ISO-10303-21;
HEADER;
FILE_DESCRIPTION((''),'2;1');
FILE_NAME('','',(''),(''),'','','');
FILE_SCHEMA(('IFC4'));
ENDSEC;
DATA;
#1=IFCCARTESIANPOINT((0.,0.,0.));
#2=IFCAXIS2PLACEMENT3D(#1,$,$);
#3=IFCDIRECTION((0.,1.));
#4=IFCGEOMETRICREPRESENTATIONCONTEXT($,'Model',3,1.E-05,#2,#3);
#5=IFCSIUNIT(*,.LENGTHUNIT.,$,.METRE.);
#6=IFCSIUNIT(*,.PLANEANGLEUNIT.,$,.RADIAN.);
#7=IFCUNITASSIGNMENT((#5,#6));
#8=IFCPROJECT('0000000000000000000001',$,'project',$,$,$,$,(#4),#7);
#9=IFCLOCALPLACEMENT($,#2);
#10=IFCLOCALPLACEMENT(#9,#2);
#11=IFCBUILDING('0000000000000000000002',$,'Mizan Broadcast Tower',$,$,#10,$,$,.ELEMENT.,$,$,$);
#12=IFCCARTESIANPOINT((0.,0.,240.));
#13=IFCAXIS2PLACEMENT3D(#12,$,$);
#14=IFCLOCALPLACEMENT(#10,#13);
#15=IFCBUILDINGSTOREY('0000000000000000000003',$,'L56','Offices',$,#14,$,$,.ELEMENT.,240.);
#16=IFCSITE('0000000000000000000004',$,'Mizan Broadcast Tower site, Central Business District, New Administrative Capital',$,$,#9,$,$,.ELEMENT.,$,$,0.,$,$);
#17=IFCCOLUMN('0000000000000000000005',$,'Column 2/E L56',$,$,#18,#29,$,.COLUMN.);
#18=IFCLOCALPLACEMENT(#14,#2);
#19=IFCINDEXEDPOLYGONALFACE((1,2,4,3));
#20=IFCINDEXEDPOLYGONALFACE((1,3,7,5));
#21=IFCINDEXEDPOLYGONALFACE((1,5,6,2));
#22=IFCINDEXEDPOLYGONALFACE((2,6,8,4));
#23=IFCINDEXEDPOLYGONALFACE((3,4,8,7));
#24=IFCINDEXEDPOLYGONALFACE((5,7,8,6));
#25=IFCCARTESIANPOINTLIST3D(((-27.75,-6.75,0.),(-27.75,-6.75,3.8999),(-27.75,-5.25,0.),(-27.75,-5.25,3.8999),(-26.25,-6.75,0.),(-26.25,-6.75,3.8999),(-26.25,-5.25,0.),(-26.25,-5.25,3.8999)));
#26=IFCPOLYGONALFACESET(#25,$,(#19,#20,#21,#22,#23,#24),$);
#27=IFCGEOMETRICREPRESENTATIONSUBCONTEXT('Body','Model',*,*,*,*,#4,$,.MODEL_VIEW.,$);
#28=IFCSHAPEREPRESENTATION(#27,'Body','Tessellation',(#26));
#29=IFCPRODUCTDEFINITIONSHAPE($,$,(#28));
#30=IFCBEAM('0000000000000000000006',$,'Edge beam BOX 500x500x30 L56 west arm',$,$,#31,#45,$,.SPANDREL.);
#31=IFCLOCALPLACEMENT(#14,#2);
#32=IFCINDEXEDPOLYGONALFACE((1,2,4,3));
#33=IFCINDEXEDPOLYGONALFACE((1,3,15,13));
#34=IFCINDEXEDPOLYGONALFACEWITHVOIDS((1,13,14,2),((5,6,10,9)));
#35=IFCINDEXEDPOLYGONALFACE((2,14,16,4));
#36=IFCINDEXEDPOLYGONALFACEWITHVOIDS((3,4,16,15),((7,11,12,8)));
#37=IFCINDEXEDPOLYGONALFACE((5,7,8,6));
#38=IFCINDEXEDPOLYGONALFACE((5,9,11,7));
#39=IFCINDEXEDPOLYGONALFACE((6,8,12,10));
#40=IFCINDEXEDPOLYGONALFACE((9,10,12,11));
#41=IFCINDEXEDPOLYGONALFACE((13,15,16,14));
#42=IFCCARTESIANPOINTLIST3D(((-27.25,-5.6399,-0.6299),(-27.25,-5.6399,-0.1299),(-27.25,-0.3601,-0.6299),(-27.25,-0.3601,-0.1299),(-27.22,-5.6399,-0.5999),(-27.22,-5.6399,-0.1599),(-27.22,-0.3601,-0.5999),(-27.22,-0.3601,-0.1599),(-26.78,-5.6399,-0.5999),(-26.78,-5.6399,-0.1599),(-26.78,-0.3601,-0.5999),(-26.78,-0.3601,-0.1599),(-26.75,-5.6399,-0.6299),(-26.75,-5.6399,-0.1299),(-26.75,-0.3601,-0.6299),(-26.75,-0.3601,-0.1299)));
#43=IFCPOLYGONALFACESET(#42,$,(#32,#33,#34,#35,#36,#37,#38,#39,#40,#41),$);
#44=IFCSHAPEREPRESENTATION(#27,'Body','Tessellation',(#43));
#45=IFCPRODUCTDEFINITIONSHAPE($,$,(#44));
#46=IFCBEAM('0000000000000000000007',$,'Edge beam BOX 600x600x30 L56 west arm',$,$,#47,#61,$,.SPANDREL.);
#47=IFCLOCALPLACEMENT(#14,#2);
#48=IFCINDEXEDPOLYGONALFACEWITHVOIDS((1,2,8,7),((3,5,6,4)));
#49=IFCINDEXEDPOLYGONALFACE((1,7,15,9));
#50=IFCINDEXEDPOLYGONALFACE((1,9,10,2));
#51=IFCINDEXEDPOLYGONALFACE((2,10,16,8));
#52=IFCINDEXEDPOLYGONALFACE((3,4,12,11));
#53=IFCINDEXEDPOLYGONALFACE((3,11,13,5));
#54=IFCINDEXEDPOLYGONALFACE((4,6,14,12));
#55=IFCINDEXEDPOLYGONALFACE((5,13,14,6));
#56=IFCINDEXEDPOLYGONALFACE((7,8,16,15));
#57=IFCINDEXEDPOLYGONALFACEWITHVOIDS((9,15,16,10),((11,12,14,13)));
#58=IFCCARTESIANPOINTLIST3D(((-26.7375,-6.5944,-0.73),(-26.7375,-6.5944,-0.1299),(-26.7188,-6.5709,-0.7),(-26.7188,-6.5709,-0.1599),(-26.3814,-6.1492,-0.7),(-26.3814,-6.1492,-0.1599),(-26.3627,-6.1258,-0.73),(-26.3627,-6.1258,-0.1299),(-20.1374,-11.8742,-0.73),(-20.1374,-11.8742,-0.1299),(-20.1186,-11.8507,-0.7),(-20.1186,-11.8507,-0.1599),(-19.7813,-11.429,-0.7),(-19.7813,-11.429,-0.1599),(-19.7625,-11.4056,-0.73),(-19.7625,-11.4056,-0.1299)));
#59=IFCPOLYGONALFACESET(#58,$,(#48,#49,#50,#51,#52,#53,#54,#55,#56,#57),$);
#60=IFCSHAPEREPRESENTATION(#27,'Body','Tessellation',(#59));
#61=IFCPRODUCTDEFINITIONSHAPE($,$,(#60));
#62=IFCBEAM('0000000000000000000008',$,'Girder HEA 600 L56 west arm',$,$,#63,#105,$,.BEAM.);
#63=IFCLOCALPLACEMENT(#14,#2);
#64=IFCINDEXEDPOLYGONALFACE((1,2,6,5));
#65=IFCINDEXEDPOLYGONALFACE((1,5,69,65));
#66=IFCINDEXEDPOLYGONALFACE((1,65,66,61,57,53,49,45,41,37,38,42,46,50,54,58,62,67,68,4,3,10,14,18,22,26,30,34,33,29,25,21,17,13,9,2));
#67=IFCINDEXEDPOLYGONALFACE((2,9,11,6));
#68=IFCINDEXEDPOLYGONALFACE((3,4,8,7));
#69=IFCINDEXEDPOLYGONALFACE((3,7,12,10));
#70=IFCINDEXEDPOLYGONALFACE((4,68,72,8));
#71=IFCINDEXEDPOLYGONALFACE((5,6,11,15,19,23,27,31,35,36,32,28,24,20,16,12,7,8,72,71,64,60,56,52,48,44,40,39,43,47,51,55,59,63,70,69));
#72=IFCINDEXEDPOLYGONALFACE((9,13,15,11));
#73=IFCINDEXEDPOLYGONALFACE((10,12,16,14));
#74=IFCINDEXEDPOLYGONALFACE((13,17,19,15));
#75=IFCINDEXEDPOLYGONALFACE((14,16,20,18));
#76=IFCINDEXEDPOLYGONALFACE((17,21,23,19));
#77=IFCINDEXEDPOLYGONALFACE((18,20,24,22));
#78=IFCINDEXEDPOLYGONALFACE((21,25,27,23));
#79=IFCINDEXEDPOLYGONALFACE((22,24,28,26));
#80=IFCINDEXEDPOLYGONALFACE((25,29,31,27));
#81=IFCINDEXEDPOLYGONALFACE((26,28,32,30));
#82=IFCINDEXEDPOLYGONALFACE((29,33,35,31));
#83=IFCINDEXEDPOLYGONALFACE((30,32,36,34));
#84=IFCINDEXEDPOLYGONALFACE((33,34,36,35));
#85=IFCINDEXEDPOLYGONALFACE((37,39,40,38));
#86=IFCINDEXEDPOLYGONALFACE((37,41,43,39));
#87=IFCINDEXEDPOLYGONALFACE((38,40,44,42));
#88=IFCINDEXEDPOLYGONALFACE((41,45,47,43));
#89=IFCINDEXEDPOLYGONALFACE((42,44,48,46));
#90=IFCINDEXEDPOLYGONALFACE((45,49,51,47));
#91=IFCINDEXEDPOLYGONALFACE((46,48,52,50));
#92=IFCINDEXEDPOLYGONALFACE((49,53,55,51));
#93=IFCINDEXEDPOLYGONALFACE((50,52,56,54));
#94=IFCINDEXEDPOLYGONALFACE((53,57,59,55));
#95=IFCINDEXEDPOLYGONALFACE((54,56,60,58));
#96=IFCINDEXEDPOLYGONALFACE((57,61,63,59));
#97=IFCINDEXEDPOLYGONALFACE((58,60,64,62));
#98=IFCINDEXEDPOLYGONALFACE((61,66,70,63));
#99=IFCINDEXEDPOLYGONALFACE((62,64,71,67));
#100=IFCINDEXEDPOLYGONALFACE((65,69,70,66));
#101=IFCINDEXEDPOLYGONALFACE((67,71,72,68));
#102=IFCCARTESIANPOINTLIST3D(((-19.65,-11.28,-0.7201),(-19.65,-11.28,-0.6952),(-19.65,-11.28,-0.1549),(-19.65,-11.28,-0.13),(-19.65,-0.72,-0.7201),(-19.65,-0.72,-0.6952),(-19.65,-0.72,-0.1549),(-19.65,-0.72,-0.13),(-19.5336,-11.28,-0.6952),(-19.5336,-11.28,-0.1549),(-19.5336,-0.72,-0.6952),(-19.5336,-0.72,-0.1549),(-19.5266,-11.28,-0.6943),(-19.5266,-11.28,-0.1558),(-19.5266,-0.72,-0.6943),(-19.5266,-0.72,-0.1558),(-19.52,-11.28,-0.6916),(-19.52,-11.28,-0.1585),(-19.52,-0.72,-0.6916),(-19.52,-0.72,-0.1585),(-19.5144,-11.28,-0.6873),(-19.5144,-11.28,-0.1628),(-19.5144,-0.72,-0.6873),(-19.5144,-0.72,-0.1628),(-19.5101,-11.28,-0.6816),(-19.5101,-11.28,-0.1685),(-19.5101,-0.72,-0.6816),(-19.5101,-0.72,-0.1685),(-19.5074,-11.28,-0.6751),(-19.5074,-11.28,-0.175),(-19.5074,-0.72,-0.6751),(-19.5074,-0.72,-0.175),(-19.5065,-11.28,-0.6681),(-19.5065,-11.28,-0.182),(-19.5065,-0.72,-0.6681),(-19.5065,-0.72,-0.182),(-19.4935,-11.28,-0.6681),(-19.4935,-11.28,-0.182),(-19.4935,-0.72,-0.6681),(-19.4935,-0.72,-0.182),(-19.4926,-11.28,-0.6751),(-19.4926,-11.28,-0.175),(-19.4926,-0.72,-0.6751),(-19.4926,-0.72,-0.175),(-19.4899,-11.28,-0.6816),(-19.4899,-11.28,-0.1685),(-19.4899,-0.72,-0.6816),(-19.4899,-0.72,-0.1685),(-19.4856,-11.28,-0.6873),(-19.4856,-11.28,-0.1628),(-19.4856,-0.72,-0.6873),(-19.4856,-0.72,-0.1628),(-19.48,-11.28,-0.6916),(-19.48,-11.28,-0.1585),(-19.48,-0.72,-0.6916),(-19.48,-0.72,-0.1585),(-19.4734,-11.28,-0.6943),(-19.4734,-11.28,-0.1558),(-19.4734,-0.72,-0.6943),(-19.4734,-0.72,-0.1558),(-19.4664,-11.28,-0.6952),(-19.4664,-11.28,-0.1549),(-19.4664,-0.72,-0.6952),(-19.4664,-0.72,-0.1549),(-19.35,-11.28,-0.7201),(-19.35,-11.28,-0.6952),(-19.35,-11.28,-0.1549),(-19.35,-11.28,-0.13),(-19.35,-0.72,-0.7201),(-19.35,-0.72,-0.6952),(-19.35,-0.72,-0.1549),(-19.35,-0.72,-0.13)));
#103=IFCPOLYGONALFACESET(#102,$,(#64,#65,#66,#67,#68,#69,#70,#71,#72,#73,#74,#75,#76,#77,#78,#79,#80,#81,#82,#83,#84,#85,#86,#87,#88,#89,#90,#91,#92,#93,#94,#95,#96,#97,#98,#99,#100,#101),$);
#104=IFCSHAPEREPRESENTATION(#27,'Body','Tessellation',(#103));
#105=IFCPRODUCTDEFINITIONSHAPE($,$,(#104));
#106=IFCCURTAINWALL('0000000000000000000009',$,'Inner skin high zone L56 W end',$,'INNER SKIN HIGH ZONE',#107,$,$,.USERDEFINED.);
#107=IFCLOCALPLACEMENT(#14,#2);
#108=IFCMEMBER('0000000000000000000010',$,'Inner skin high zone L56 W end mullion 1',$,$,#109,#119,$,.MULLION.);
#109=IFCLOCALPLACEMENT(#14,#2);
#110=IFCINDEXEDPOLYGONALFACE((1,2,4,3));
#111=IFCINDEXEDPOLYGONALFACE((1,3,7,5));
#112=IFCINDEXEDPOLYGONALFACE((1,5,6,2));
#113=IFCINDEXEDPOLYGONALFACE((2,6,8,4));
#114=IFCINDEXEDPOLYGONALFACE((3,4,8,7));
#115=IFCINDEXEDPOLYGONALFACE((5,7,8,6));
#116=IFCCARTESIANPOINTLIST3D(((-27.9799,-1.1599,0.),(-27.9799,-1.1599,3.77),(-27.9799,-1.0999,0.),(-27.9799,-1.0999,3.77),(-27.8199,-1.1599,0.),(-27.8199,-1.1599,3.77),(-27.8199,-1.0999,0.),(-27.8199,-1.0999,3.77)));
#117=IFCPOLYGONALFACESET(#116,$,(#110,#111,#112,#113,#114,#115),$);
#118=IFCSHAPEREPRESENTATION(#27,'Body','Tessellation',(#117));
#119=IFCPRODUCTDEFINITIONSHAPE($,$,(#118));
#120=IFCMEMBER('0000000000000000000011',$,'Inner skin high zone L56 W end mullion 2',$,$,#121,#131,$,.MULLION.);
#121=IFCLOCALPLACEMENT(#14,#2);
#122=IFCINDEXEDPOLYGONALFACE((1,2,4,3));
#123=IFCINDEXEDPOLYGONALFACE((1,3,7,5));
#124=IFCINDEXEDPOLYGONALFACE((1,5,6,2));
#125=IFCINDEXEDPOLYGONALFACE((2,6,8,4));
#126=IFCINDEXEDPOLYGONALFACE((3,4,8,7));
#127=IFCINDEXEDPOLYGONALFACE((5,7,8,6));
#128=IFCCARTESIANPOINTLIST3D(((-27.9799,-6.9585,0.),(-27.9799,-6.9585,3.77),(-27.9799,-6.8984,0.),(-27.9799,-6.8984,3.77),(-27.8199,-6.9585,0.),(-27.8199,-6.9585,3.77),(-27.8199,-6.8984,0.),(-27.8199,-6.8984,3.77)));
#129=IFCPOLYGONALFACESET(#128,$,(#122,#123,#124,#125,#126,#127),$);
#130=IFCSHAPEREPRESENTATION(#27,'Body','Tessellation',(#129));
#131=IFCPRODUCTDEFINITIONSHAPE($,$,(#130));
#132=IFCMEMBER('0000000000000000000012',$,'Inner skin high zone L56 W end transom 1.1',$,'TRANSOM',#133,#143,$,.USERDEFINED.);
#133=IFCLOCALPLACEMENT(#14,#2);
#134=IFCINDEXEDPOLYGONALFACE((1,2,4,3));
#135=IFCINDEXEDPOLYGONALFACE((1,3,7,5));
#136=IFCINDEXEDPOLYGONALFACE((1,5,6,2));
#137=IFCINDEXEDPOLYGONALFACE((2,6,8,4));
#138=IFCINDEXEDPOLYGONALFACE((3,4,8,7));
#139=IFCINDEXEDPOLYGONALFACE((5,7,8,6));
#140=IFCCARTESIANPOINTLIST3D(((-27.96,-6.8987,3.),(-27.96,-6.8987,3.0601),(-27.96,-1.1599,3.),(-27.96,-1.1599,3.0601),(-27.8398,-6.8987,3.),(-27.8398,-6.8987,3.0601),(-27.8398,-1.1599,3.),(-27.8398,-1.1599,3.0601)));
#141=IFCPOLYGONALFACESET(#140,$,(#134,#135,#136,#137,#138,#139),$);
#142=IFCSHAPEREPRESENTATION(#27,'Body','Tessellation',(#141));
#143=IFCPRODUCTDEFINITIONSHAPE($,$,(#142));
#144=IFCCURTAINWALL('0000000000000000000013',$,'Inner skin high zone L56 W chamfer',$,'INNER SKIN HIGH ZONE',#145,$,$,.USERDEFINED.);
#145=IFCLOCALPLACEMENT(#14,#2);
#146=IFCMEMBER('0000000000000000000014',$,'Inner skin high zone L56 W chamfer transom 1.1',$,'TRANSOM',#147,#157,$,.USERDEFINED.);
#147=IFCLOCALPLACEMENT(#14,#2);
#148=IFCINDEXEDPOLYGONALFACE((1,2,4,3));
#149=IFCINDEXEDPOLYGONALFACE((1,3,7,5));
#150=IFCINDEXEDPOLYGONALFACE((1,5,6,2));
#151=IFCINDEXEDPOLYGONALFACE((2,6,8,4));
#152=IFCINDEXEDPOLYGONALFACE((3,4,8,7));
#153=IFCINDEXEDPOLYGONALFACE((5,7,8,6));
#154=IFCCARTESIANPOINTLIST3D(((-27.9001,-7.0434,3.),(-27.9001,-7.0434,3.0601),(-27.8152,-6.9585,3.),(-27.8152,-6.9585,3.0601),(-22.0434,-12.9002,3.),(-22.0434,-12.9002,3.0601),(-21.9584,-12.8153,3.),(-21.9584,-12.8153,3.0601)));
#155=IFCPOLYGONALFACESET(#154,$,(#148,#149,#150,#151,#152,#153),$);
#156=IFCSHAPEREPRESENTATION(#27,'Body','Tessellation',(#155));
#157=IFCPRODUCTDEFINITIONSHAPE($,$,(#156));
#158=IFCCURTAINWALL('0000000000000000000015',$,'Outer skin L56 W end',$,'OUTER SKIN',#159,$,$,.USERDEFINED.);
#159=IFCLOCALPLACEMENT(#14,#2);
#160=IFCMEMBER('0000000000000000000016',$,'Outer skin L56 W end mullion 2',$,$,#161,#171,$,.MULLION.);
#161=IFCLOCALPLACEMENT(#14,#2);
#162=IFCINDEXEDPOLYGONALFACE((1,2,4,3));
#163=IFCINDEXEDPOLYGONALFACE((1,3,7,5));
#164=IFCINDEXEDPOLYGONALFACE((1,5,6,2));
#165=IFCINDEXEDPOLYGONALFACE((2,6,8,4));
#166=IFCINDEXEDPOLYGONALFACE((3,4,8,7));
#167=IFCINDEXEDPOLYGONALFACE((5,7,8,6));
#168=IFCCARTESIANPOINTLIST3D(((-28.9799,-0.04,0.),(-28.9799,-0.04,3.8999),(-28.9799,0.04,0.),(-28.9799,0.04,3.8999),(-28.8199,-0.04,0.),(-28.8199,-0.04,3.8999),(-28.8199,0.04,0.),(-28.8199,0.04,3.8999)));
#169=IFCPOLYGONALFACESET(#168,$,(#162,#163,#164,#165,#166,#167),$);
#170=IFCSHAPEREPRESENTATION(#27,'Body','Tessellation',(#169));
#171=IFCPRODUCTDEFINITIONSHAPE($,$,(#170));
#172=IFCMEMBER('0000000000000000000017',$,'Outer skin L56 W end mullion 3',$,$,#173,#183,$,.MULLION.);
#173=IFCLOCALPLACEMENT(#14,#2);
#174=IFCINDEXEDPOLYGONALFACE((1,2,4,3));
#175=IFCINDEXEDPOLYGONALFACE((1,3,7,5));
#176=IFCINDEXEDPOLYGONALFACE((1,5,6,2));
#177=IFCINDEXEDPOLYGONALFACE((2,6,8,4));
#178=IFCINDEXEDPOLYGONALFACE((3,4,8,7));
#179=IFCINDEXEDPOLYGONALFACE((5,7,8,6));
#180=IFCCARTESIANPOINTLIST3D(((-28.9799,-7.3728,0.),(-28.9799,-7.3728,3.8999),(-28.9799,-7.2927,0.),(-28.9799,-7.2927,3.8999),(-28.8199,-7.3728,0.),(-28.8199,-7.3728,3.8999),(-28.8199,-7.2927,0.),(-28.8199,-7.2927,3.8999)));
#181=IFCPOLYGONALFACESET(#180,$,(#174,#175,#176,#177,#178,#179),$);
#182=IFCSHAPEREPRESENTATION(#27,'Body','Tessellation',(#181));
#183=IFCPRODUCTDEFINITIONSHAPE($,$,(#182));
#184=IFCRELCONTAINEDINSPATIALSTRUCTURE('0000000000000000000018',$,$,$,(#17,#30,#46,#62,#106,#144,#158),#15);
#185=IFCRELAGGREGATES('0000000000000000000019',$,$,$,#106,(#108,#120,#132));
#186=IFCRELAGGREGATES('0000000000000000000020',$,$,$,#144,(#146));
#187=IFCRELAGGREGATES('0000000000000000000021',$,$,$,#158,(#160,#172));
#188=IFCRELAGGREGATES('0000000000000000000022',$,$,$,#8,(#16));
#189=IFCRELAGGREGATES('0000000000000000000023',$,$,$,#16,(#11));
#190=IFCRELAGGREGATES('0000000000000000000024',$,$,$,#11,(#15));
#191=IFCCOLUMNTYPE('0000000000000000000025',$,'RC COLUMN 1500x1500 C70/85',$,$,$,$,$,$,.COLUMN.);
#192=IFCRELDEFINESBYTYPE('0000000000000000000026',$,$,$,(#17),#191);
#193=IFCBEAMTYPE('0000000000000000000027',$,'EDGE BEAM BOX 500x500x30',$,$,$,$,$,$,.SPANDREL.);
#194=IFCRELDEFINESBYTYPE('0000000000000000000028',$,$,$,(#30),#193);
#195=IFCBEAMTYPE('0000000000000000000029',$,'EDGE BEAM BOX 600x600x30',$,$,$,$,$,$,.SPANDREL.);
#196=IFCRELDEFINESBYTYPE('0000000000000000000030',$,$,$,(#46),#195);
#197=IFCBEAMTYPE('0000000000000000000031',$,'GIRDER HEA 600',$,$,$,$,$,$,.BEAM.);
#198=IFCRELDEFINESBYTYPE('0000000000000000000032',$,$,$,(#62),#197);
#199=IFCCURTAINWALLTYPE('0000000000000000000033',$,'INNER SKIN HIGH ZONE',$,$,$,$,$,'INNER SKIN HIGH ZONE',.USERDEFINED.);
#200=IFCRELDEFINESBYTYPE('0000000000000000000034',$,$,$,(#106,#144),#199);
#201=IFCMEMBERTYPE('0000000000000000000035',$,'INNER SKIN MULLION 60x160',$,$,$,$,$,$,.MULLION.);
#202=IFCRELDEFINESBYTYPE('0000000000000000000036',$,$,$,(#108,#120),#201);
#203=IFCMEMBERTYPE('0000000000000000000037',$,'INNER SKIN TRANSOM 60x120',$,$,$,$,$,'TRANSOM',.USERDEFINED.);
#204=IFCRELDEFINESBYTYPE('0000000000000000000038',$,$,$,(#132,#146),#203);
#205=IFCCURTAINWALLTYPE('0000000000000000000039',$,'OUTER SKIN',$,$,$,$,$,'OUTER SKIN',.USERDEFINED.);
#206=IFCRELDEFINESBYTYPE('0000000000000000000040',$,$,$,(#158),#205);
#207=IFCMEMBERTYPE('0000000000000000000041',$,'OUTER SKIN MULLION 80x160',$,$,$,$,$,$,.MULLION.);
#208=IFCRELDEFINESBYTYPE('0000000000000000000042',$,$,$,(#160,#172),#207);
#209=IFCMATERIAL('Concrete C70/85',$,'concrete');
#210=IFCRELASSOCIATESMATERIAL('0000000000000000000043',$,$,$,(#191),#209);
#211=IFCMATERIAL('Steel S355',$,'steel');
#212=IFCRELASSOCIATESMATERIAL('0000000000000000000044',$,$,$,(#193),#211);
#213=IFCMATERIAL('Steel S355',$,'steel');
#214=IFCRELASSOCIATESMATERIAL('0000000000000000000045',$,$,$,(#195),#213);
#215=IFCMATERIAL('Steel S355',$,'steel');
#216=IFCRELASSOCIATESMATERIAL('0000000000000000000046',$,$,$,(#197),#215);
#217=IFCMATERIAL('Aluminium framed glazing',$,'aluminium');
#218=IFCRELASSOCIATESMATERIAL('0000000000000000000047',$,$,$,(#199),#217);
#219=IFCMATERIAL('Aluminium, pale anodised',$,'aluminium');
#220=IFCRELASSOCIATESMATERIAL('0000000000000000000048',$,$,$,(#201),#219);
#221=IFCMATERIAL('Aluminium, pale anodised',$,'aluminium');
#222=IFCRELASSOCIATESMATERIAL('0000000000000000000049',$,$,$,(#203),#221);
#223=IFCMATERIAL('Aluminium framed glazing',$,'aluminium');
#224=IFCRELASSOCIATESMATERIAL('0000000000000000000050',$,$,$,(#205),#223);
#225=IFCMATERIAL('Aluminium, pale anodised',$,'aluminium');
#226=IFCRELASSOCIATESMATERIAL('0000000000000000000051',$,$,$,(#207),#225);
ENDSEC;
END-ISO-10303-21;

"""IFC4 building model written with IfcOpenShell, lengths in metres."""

from ifc_helpers import new_model, si_unit, direction, frame, origin, origin_2d, place, context, subcontext, project, spatial, rectangle, hollow_rectangle, i_section, extrude, material, material_profile, profile_set, type_object, element, aggregate, save


model = new_model("IFC4")

# Units and contexts
model_context = context("Model", 3, precision=1e-05, world=origin(), true_north=direction((0.0, 1.0)))
body_context = subcontext(model_context, "Body", "Model", "MODEL_VIEW")
ifc_project = project(units=[si_unit("LENGTHUNIT", "METRE"), si_unit("PLANEANGLEUNIT", "RADIAN")], contexts=[model_context])

# Site, building, storey
site_placement = place(None, origin())
site = spatial("IfcSite", under=ifc_project, at=site_placement, Name="Mizan Broadcast Tower site, Central Business District, New Administrative Capital", CompositionType="ELEMENT", RefElevation=0.0)
building_placement = place(site_placement, origin())
building = spatial("IfcBuilding", under=site, at=building_placement, Name="Mizan Broadcast Tower", CompositionType="ELEMENT")
storey_placement = place(building_placement, frame((0.0, 0.0, 240.0)))
storey = spatial("IfcBuildingStorey", under=building, at=storey_placement, Name="L56", Description="Offices", CompositionType="ELEMENT", Elevation=240.0)

# Column
ifc_material_1 = material(Name="Concrete C70/85", Category="concrete")
ifc_material_profile_1 = material_profile(ifc_material_1, rectangle(XDim=1.5, YDim=1.5, at=origin_2d()), Name="RC 1500x1500")
ifc_profile_set_1 = profile_set([ifc_material_profile_1], Name="Concrete C70/85")
column_type = type_object("IfcColumnType", Name="RC COLUMN 1500x1500 C70/85", PredefinedType="COLUMN", material=ifc_profile_set_1)
column_placement = place(storey_placement, frame((-27.0, -6.0, 0.0), z_axis=(0.0, 0.0, 1.0), x_axis=(1.0, 0.0, 0.0)))
element("IfcColumn", 1, at=column_placement, inside=storey, type_object=column_type, Name="Column 2/E L56", PredefinedType="COLUMN", context=body_context, shape_type="SweptSolid", body=[
    extrude(rectangle(XDim=1.5, YDim=1.5, at=origin_2d()), origin(), (0.0, 0.0, 1.0), 3.8999),
])

# Beams
ifc_material_2 = material(Name="Steel S355", Category="steel")
ifc_material_profile_2 = material_profile(ifc_material_2, hollow_rectangle(XDim=0.5, YDim=0.5, WallThickness=0.03, at=origin_2d()), Name="BOX 500x500x30")
ifc_profile_set_2 = profile_set([ifc_material_profile_2], Name="Steel S355")
beam_type_1 = type_object("IfcBeamType", Name="EDGE BEAM BOX 500x500x30", PredefinedType="SPANDREL", material=ifc_profile_set_2)
beam_1_placement = place(storey_placement, frame((-27.0, -5.6399, -0.3799), z_axis=(0.0, 1.0, 0.0), x_axis=(-1.0, 0.0, 0.0)))
element("IfcBeam", 2, at=beam_1_placement, inside=storey, type_object=beam_type_1, Name="Edge beam BOX 500x500x30 L56 west arm", PredefinedType="SPANDREL", context=body_context, shape_type="SweptSolid", body=[
    extrude(hollow_rectangle(XDim=0.5, YDim=0.5, WallThickness=0.03, at=origin_2d()), origin(), (0.0, 0.0, 1.0), 5.2798),
])
ifc_material_3 = material(Name="Steel S355", Category="steel")
ifc_material_profile_3 = material_profile(ifc_material_3, hollow_rectangle(XDim=0.6001, YDim=0.6001, WallThickness=0.03, at=origin_2d()), Name="BOX 600x600x30")
ifc_profile_set_3 = profile_set([ifc_material_profile_3], Name="Steel S355")
beam_type_2 = type_object("IfcBeamType", Name="EDGE BEAM BOX 600x600x30", PredefinedType="SPANDREL", material=ifc_profile_set_3)
beam_2_placement = place(storey_placement, frame((-19.95, -11.6399, -0.4299), z_axis=(-0.780886, 0.624674, 0.0), x_axis=(-0.624674, -0.780886, 0.0)))
element("IfcBeam", 3, at=beam_2_placement, inside=storey, type_object=beam_type_2, Name="Edge beam BOX 600x600x30 L56 west arm", PredefinedType="SPANDREL", context=body_context, shape_type="SweptSolid", body=[
    extrude(hollow_rectangle(XDim=0.6001, YDim=0.6001, WallThickness=0.03, at=origin_2d()), origin(), (0.0, 0.0, 1.0), 8.4521),
])
ifc_material_4 = material(Name="Steel S355", Category="steel")
ifc_material_profile_4 = material_profile(ifc_material_4, i_section(OverallWidth=0.3, OverallDepth=0.5901, WebThickness=0.0129, FlangeThickness=0.0249, FilletRadius=0.0271, at=origin_2d()), Name="HEA 600")
ifc_profile_set_4 = profile_set([ifc_material_profile_4], Name="Steel S355")
beam_type_3 = type_object("IfcBeamType", Name="GIRDER HEA 600", PredefinedType="BEAM", material=ifc_profile_set_4)
beam_3_placement = place(storey_placement, frame((-19.5, -11.28, -0.425), z_axis=(0.0, 1.0, 0.0), x_axis=(-1.0, 0.0, 0.0)))
element("IfcBeam", 4, at=beam_3_placement, inside=storey, type_object=beam_type_3, Name="Girder HEA 600 L56 west arm", PredefinedType="BEAM", context=body_context, shape_type="SweptSolid", body=[
    extrude(i_section(OverallWidth=0.3, OverallDepth=0.5901, WebThickness=0.0129, FlangeThickness=0.0249, FilletRadius=0.0271, at=origin_2d()), origin(), (0.0, 0.0, 1.0), 10.5601),
])

# Curtain wall, members
ifc_material_5 = material(Name="Aluminium framed glazing", Category="aluminium")
curtain_wall_type_1 = type_object("IfcCurtainWallType", Name="INNER SKIN HIGH ZONE", ElementType="INNER SKIN HIGH ZONE", PredefinedType="USERDEFINED", material=ifc_material_5)
curtain_wall_1_placement = place(storey_placement, origin())
curtain_wall_1 = element("IfcCurtainWall", 5, at=curtain_wall_1_placement, inside=storey, type_object=curtain_wall_type_1, Name="Inner skin high zone L56 W end", ObjectType="INNER SKIN HIGH ZONE", PredefinedType="USERDEFINED")
ifc_material_6 = material(Name="Aluminium, pale anodised", Category="aluminium")
ifc_material_profile_5 = material_profile(ifc_material_6, rectangle(XDim=0.1599, YDim=0.0601, at=origin_2d()), Name="MULLION 160x60")
ifc_profile_set_5 = profile_set([ifc_material_profile_5], Name="Aluminium, pale anodised")
member_type_1 = type_object("IfcMemberType", Name="INNER SKIN MULLION 60x160", PredefinedType="MULLION", material=ifc_profile_set_5)
member_1_placement = place(storey_placement, frame((-27.8999, -1.1299, 0.0), z_axis=(0.0, 0.0, 1.0), x_axis=(1.0, 0.0, 0.0)))
member_1 = element("IfcMember", 6, at=member_1_placement, type_object=member_type_1, Name="Inner skin high zone L56 W end mullion 1", PredefinedType="MULLION", context=body_context, shape_type="SweptSolid", body=[
    extrude(rectangle(XDim=0.1599, YDim=0.0601, at=origin_2d()), origin(), (0.0, 0.0, 1.0), 3.77),
])
member_2_placement = place(storey_placement, frame((-27.8999, -6.9285, 0.0), z_axis=(0.0, 0.0, 1.0), x_axis=(1.0, 0.0, 0.0)))
member_2 = element("IfcMember", 7, at=member_2_placement, type_object=member_type_1, Name="Inner skin high zone L56 W end mullion 2", PredefinedType="MULLION", context=body_context, shape_type="SweptSolid", body=[
    extrude(rectangle(XDim=0.1599, YDim=0.0601, at=origin_2d()), origin(), (0.0, 0.0, 1.0), 3.77),
])
ifc_material_7 = material(Name="Aluminium, pale anodised", Category="aluminium")
ifc_material_profile_6 = material_profile(ifc_material_7, rectangle(XDim=0.1201, YDim=0.0601, at=origin_2d()), Name="TRANSOM 120x60")
ifc_profile_set_6 = profile_set([ifc_material_profile_6], Name="Aluminium, pale anodised")
member_type_2 = type_object("IfcMemberType", Name="INNER SKIN TRANSOM 60x120", ElementType="TRANSOM", PredefinedType="USERDEFINED", material=ifc_profile_set_6)
member_3_placement = place(storey_placement, frame((-27.8999, -1.1599, 3.03), z_axis=(0.0, -1.0, 0.0), x_axis=(1.0, 0.0, 0.0)))
member_3 = element("IfcMember", 8, at=member_3_placement, type_object=member_type_2, Name="Inner skin high zone L56 W end transom 1.1", ObjectType="TRANSOM", PredefinedType="USERDEFINED", context=body_context, shape_type="SweptSolid", body=[
    extrude(rectangle(XDim=0.1201, YDim=0.0601, at=origin_2d()), origin(), (0.0, 0.0, 1.0), 5.7388),
])

# Curtain wall, member
curtain_wall_2_placement = place(storey_placement, origin())
curtain_wall_2 = element("IfcCurtainWall", 9, at=curtain_wall_2_placement, inside=storey, type_object=curtain_wall_type_1, Name="Inner skin high zone L56 W chamfer", ObjectType="INNER SKIN HIGH ZONE", PredefinedType="USERDEFINED")
member_4_placement = place(storey_placement, frame((-27.8577, -7.001, 3.03), z_axis=(0.707107, -0.707107, 0.0), x_axis=(0.707107, 0.707107, 0.0)))
member_4 = element("IfcMember", 10, at=member_4_placement, type_object=member_type_2, Name="Inner skin high zone L56 W chamfer transom 1.1", ObjectType="TRANSOM", PredefinedType="USERDEFINED", context=body_context, shape_type="SweptSolid", body=[
    extrude(rectangle(XDim=0.1201, YDim=0.0601, at=origin_2d()), origin(), (0.0, 0.0, 1.0), 8.2827),
])

# Curtain wall, members
ifc_material_8 = material(Name="Aluminium framed glazing", Category="aluminium")
curtain_wall_type_2 = type_object("IfcCurtainWallType", Name="OUTER SKIN", ElementType="OUTER SKIN", PredefinedType="USERDEFINED", material=ifc_material_8)
curtain_wall_3_placement = place(storey_placement, origin())
curtain_wall_3 = element("IfcCurtainWall", 11, at=curtain_wall_3_placement, inside=storey, type_object=curtain_wall_type_2, Name="Outer skin L56 W end", ObjectType="OUTER SKIN", PredefinedType="USERDEFINED")
ifc_material_9 = material(Name="Aluminium, pale anodised", Category="aluminium")
ifc_material_profile_7 = material_profile(ifc_material_9, rectangle(XDim=0.1599, YDim=0.0801, at=origin_2d()), Name="MULLION 160x80")
ifc_profile_set_7 = profile_set([ifc_material_profile_7], Name="Aluminium, pale anodised")
member_type_3 = type_object("IfcMemberType", Name="OUTER SKIN MULLION 80x160", PredefinedType="MULLION", material=ifc_profile_set_7)
member_5_placement = place(storey_placement, frame((-28.8999, 0.0, 0.0), z_axis=(0.0, 0.0, 1.0), x_axis=(1.0, 0.0, 0.0)))
member_5 = element("IfcMember", 12, at=member_5_placement, type_object=member_type_3, Name="Outer skin L56 W end mullion 2", PredefinedType="MULLION", context=body_context, shape_type="SweptSolid", body=[
    extrude(rectangle(XDim=0.1599, YDim=0.0801, at=origin_2d()), origin(), (0.0, 0.0, 1.0), 3.8999),
])
member_6_placement = place(storey_placement, frame((-28.8999, -7.3328, 0.0), z_axis=(0.0, 0.0, 1.0), x_axis=(1.0, 0.0, 0.0)))
member_6 = element("IfcMember", 13, at=member_6_placement, type_object=member_type_3, Name="Outer skin L56 W end mullion 3", PredefinedType="MULLION", context=body_context, shape_type="SweptSolid", body=[
    extrude(rectangle(XDim=0.1599, YDim=0.0801, at=origin_2d()), origin(), (0.0, 0.0, 1.0), 3.8999),
])

aggregate(curtain_wall_1, [member_1, member_2, member_3])
aggregate(curtain_wall_2, [member_4])
aggregate(curtain_wall_3, [member_5, member_6])

save(model, "model.ifc")
